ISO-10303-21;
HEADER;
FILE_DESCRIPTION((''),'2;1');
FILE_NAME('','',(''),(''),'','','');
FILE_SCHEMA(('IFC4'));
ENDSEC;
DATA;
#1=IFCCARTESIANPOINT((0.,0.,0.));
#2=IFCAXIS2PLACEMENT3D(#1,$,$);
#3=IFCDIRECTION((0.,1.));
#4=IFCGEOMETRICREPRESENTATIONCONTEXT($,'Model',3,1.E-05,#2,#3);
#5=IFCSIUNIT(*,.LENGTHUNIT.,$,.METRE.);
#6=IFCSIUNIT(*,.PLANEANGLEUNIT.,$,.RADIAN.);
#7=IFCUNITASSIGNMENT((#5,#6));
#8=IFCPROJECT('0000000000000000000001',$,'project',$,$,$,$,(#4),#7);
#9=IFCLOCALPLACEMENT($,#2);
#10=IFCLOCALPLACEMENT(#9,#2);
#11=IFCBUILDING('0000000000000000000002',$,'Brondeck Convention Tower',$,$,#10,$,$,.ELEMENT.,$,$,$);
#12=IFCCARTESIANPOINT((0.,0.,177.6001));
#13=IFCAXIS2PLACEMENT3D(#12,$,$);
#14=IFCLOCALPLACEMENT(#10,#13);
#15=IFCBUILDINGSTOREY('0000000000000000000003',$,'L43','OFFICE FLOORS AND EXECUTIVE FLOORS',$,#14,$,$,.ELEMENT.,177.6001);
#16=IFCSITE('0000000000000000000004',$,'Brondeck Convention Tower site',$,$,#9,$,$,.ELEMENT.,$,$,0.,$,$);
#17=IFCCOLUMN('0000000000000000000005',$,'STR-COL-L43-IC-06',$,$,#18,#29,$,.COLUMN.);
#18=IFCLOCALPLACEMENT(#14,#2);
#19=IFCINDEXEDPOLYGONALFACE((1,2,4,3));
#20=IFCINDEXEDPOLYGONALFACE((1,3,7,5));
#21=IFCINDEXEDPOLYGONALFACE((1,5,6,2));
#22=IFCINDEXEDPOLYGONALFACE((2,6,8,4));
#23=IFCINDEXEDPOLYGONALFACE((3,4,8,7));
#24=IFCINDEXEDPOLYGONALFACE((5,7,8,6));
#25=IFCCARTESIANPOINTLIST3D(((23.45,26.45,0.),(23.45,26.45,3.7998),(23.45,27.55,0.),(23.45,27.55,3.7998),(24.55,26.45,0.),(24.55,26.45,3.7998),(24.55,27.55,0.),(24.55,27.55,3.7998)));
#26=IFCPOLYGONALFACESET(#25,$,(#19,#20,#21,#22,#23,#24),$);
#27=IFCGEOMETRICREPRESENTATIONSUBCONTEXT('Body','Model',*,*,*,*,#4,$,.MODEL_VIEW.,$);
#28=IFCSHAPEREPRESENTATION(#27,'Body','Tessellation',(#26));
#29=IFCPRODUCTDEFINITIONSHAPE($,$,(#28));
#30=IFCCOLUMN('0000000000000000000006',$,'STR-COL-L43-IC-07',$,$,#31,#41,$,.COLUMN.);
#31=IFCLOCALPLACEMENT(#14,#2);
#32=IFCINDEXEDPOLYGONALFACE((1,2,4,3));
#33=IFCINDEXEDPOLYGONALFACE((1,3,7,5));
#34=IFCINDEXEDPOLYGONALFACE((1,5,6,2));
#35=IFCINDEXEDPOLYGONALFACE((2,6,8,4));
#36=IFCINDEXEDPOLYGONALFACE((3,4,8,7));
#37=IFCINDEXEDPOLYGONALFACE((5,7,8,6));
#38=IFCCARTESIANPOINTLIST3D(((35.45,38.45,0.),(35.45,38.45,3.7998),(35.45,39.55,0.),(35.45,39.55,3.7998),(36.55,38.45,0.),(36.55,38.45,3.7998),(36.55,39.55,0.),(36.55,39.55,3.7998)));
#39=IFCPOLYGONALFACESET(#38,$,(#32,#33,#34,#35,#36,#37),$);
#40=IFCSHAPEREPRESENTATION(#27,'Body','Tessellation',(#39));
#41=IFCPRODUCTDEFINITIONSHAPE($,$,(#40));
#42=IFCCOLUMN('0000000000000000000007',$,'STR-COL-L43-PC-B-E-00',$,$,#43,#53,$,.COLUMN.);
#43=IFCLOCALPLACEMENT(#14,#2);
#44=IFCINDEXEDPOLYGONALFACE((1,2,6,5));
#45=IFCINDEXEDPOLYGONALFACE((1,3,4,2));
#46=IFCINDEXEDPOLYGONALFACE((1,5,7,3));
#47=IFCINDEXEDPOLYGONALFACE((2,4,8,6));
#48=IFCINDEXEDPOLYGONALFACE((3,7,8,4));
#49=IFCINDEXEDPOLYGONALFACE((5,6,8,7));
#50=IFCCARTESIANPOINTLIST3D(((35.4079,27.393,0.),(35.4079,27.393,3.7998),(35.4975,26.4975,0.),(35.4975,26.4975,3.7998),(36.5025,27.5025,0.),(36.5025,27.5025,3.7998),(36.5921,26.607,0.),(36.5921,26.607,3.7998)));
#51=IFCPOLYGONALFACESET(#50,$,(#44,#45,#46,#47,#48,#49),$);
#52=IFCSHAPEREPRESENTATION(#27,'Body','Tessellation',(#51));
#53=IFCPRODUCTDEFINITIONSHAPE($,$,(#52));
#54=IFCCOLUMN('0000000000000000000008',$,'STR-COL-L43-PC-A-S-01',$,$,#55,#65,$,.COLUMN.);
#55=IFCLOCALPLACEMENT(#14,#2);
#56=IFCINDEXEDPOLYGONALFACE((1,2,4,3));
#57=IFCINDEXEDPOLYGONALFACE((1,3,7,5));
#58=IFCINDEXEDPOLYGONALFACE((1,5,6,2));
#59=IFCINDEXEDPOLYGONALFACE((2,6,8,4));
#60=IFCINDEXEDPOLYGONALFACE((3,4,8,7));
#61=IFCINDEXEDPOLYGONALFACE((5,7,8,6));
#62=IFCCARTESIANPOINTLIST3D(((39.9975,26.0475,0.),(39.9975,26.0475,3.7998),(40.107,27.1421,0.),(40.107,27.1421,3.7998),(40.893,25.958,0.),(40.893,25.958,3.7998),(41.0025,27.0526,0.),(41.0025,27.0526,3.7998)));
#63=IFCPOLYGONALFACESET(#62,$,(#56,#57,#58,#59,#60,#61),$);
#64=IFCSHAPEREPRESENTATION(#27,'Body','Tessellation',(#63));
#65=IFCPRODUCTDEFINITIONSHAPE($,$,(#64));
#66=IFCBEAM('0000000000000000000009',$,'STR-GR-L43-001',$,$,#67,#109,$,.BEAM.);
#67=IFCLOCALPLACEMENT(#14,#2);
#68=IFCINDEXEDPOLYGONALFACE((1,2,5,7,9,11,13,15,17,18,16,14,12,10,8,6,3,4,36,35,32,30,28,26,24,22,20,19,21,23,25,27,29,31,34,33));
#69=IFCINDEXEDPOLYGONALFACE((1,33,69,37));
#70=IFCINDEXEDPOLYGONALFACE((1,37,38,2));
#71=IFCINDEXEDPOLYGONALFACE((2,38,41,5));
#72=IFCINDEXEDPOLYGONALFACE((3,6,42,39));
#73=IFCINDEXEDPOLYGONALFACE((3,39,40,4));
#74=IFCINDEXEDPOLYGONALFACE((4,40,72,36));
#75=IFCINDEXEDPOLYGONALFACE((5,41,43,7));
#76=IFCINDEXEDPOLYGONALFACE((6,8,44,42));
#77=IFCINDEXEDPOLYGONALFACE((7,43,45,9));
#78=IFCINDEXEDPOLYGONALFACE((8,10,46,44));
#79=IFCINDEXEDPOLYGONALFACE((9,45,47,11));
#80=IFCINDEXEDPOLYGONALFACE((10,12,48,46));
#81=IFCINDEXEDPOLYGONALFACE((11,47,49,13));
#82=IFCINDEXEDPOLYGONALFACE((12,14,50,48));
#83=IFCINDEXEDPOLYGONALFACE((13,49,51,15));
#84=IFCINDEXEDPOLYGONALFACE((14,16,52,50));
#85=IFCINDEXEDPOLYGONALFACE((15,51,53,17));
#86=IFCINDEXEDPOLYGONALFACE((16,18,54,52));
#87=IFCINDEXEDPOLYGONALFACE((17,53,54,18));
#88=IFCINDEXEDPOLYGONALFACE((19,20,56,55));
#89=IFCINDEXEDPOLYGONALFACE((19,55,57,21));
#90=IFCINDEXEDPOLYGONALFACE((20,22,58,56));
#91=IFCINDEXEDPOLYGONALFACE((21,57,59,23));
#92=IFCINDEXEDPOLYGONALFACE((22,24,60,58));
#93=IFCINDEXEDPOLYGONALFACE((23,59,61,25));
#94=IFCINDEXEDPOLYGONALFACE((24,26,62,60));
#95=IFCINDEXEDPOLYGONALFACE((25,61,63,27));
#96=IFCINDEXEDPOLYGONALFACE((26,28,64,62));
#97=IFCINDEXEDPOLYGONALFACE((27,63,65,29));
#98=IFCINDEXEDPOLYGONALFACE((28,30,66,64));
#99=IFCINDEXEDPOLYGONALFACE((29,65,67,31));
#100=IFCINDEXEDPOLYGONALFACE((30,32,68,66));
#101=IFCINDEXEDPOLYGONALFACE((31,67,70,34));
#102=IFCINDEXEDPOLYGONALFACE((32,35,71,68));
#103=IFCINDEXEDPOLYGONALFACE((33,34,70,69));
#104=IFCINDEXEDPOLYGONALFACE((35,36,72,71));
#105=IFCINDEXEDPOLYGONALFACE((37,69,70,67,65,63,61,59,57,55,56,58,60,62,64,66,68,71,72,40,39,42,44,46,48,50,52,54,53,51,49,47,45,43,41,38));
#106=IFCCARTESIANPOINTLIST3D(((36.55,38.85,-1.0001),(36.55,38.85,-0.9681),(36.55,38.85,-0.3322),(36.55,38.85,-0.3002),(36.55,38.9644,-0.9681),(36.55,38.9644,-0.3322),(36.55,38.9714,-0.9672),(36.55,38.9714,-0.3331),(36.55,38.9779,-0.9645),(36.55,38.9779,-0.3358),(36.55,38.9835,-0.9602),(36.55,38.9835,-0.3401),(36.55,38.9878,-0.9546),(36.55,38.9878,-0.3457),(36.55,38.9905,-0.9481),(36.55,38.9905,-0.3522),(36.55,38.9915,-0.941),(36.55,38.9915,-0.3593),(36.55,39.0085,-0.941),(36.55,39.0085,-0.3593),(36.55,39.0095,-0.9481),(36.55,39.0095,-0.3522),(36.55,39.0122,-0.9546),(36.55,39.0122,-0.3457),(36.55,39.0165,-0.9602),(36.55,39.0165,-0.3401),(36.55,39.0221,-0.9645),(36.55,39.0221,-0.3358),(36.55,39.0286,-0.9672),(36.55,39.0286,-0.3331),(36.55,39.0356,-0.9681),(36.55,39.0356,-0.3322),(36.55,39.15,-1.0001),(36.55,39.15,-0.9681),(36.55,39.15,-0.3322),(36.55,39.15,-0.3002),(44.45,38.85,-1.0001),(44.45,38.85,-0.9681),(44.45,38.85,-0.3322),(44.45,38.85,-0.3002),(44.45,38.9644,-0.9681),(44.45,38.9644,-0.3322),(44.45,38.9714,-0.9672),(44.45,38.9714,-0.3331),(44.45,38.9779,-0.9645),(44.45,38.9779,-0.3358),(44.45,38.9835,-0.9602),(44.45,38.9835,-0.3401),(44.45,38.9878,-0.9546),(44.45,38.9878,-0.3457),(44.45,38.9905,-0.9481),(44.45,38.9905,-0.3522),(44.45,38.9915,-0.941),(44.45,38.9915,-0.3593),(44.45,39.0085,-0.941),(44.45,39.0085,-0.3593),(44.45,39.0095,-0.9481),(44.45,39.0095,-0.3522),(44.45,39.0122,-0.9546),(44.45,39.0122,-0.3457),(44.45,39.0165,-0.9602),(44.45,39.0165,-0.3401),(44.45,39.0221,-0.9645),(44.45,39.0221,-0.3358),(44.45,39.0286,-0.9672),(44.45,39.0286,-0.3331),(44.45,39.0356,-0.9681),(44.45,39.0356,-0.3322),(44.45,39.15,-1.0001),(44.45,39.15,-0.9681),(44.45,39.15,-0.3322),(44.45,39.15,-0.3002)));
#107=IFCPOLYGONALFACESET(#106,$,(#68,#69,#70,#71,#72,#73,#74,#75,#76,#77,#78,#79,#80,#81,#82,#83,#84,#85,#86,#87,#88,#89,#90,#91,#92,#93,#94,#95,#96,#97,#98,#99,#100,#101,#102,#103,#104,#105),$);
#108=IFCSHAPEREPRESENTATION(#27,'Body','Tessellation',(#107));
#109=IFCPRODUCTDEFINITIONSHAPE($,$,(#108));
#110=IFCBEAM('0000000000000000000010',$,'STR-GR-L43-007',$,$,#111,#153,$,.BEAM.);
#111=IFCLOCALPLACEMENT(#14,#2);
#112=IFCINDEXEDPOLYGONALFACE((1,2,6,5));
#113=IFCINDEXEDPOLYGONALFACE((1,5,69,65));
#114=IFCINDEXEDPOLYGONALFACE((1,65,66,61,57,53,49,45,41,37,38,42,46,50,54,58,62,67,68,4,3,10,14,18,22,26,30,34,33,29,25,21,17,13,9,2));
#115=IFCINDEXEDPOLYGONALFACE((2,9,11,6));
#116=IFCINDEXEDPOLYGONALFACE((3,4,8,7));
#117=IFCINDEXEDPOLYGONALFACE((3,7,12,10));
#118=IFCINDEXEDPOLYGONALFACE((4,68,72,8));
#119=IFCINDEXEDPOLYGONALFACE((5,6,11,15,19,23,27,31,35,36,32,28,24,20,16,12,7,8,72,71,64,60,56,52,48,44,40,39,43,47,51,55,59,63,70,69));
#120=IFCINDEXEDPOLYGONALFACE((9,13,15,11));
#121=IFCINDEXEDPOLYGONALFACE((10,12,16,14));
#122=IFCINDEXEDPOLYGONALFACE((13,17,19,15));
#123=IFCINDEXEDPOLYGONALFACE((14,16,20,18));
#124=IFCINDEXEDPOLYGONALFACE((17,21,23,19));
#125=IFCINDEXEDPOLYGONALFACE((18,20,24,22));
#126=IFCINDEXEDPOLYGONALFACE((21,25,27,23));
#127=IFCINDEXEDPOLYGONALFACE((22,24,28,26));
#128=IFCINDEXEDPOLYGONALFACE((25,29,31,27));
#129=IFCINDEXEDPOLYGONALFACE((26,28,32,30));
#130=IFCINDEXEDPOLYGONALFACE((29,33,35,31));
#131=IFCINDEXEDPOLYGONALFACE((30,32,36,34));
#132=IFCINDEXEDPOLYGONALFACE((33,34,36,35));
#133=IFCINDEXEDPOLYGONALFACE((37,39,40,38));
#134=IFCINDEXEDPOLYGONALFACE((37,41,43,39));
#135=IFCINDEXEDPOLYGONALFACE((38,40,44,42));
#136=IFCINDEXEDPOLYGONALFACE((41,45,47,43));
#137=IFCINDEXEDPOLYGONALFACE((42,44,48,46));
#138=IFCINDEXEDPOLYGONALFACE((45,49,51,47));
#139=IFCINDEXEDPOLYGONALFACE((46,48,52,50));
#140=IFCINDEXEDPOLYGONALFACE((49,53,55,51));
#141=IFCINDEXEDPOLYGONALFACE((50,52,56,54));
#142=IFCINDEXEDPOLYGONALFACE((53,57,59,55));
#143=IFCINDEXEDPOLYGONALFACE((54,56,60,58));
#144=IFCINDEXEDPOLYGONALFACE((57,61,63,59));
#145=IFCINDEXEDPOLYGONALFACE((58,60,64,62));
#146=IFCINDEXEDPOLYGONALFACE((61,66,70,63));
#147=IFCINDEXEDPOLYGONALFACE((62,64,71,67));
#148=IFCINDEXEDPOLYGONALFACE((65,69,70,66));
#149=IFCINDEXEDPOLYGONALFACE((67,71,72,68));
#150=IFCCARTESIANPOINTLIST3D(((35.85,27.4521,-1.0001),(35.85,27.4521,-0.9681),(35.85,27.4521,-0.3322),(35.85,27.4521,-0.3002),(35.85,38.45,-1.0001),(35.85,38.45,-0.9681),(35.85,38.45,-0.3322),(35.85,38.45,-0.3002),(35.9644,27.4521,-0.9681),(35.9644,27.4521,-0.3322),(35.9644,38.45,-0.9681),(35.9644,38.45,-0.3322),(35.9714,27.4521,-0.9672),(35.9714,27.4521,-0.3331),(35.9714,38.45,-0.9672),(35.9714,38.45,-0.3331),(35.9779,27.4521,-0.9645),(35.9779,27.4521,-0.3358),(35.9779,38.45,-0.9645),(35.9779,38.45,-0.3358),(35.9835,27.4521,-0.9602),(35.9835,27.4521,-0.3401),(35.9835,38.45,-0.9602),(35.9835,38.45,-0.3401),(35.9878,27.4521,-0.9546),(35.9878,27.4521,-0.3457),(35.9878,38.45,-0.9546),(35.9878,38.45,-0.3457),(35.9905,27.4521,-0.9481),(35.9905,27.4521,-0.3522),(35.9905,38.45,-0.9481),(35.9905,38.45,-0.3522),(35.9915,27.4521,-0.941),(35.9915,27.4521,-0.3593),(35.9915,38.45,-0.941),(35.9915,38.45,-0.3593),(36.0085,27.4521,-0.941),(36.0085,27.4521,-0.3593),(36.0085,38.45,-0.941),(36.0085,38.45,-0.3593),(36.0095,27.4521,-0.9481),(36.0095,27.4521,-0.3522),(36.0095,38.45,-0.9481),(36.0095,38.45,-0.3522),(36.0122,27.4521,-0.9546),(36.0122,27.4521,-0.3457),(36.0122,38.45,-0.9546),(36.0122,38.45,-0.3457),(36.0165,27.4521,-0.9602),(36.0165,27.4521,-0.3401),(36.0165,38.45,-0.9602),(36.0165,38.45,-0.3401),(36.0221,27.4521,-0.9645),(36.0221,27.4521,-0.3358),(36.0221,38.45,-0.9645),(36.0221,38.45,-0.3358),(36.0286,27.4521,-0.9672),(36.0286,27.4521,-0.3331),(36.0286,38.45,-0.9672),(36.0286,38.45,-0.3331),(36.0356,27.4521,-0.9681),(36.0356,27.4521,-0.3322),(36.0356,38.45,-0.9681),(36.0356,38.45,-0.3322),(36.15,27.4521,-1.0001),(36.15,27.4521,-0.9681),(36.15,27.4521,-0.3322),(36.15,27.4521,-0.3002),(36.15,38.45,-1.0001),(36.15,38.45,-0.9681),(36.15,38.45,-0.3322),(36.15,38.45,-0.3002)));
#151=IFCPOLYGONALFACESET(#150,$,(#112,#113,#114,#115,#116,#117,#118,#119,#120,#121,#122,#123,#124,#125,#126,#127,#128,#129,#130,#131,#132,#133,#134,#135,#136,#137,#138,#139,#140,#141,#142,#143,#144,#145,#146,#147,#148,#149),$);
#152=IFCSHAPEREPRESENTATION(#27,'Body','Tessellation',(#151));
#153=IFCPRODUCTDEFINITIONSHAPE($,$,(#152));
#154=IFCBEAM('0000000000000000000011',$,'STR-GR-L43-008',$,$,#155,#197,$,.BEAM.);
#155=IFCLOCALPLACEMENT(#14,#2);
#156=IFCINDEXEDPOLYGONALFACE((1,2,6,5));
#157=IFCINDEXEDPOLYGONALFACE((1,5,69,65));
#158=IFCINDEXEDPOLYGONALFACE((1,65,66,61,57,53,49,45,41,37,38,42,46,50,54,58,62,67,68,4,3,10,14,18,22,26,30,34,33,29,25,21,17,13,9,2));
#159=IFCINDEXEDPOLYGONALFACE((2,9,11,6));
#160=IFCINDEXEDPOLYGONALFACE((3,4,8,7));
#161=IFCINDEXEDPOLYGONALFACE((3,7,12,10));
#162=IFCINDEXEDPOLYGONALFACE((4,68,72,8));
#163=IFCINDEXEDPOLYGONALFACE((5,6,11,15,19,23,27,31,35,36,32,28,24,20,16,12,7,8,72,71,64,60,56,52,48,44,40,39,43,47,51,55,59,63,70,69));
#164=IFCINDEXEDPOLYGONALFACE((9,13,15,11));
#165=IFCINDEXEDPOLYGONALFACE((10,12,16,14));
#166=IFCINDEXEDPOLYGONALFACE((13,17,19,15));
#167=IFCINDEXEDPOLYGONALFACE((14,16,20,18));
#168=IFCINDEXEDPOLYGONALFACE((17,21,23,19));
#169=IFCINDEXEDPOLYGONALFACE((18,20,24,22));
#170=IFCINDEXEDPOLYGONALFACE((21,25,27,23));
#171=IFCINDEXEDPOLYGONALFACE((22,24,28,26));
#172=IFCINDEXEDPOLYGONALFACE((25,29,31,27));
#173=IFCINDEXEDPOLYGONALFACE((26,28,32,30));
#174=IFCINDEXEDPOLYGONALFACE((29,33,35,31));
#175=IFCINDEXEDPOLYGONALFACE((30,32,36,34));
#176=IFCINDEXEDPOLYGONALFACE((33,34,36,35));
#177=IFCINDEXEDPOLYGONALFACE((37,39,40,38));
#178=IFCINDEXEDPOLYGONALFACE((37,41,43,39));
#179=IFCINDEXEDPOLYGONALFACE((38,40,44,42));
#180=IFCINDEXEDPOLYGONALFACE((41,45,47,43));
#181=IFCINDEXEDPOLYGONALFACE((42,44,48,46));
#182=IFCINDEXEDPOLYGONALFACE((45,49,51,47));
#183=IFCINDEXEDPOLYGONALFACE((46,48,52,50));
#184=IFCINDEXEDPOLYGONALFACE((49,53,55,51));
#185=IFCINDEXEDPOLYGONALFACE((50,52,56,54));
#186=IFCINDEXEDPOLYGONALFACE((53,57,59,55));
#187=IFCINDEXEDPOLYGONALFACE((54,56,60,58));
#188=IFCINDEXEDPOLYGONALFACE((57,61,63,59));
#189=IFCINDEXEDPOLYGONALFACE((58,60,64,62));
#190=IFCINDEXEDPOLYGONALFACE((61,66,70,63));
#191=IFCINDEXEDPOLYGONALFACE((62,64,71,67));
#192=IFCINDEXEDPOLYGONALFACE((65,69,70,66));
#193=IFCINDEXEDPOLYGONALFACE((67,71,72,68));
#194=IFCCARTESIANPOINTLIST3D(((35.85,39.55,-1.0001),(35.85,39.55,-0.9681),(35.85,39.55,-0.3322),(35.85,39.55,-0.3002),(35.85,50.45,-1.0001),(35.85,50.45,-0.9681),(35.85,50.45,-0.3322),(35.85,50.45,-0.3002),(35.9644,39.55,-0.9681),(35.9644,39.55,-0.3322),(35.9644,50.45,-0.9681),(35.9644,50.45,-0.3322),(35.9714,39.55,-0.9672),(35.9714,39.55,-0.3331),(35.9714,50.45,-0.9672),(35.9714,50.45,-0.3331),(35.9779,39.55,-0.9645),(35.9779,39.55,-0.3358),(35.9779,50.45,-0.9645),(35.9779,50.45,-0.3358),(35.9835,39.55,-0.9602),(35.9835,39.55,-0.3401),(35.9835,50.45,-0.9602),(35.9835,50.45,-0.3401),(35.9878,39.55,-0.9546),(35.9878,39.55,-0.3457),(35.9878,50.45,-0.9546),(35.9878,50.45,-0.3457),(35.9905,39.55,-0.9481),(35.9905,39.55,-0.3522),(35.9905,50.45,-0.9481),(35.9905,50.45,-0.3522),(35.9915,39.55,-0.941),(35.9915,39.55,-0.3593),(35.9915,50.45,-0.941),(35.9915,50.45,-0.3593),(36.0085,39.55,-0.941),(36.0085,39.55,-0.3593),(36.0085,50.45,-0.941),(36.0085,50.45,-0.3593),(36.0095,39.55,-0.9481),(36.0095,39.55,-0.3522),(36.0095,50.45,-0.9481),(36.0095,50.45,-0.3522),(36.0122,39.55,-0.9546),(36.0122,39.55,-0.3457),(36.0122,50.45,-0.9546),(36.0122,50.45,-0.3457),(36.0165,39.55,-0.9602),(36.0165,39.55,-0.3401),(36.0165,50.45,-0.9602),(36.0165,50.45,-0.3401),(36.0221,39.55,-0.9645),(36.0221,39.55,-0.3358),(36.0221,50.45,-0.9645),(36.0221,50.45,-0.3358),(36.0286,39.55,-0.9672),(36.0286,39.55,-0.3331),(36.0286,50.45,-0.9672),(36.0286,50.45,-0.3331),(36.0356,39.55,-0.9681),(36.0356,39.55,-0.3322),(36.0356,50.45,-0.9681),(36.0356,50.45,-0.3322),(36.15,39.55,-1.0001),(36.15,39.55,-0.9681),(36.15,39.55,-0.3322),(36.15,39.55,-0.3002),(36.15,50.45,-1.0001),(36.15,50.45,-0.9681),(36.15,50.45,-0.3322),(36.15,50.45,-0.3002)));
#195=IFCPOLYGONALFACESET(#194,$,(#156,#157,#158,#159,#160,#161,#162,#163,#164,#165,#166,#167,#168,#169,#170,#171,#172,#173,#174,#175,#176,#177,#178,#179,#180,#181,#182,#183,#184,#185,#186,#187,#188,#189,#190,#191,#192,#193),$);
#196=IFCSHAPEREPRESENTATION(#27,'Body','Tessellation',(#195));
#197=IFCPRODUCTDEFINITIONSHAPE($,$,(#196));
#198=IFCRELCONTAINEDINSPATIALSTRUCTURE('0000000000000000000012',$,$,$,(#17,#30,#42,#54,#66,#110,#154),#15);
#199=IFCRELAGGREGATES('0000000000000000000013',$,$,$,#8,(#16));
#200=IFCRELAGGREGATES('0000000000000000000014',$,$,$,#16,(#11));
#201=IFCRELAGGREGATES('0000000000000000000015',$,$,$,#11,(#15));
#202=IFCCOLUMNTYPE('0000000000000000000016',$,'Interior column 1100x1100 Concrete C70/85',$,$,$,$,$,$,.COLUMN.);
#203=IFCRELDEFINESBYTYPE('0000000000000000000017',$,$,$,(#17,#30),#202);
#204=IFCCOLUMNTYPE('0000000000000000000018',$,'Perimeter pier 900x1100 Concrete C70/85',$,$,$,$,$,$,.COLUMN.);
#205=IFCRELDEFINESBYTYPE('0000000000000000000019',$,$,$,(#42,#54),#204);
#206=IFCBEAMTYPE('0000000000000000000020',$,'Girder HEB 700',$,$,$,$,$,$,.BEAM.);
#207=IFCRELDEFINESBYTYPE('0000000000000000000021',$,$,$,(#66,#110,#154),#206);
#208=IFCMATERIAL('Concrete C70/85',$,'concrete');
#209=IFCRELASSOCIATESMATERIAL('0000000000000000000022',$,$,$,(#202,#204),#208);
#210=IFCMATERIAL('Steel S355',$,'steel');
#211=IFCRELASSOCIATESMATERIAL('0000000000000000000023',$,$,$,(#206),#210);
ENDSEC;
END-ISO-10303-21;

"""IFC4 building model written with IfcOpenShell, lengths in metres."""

from ifc_helpers import new_model, si_unit, direction, frame, origin, origin_2d, place, context, subcontext, project, spatial, rectangle, i_section, extrude, material, material_profile, profile_set, type_object, element, save


model = new_model("IFC4")

# Units and contexts
model_context = context("Model", 3, precision=1e-05, world=origin(), true_north=direction((0.0, 1.0)))
body_context = subcontext(model_context, "Body", "Model", "MODEL_VIEW")
ifc_project = project(units=[si_unit("LENGTHUNIT", "METRE"), si_unit("PLANEANGLEUNIT", "RADIAN")], contexts=[model_context])

# Site, building, storey
site_placement = place(None, origin())
site = spatial("IfcSite", under=ifc_project, at=site_placement, Name="Brondeck Convention Tower site", CompositionType="ELEMENT", RefElevation=0.0)
building_placement = place(site_placement, origin())
building = spatial("IfcBuilding", under=site, at=building_placement, Name="Brondeck Convention Tower", CompositionType="ELEMENT")
storey_placement = place(building_placement, frame((0.0, 0.0, 177.6001)))
storey = spatial("IfcBuildingStorey", under=building, at=storey_placement, Name="L43", Description="OFFICE FLOORS AND EXECUTIVE FLOORS", CompositionType="ELEMENT", Elevation=177.6001)

# Columns
ifc_material_1 = material(Name="Concrete C70/85", Category="concrete")
ifc_material_profile_1 = material_profile(ifc_material_1, rectangle(XDim=1.1001, YDim=1.1001, at=origin_2d()), Name="Interior column 1100x1100 Concrete C70/85")
ifc_profile_set_1 = profile_set([ifc_material_profile_1], Name="Concrete C70/85")
column_type_1 = type_object("IfcColumnType", Name="Interior column 1100x1100 Concrete C70/85", PredefinedType="COLUMN", material=ifc_profile_set_1)
for number, where, z_axis, x_axis, name in (
    (1, (24.0, 27.0, 0.0), (0.0, 0.0, 1.0), (1.0, 0.0, 0.0), "STR-COL-L43-IC-06"),
    (2, (36.0, 39.0, 0.0), (0.0, 0.0, 1.0), (1.0, 0.0, 0.0), "STR-COL-L43-IC-07"),
):
    element("IfcColumn", number, at=place(storey_placement, frame(where, z_axis=z_axis, x_axis=x_axis)), inside=storey, type_object=column_type_1, Name=name, PredefinedType="COLUMN", context=body_context, shape_type="SweptSolid", body=[
        extrude(rectangle(XDim=1.1001, YDim=1.1001, at=origin_2d()), origin(), (0.0, 0.0, 1.0), 3.7998),
    ])
ifc_material_profile_2 = material_profile(ifc_material_1, rectangle(XDim=0.8999, YDim=1.1001, at=origin_2d()), Name="Perimeter pier 900x1100 Concrete C70/85")
ifc_profile_set_2 = profile_set([ifc_material_profile_2], Name="Concrete C70/85")
column_type_2 = type_object("IfcColumnType", Name="Perimeter pier 900x1100 Concrete C70/85", PredefinedType="COLUMN", material=ifc_profile_set_2)
for number, where, z_axis, x_axis, name in (
    (3, (36.0, 27.0, 0.0), (0.0, 0.0, 1.0), (-0.099504, 0.995037, 0.0), "STR-COL-L43-PC-B-E-00"),
    (4, (40.5, 26.55, 0.0), (0.0, 0.0, 1.0), (0.995037, -0.099504, 0.0), "STR-COL-L43-PC-A-S-01"),
):
    element("IfcColumn", number, at=place(storey_placement, frame(where, z_axis=z_axis, x_axis=x_axis)), inside=storey, type_object=column_type_2, Name=name, PredefinedType="COLUMN", context=body_context, shape_type="SweptSolid", body=[
        extrude(rectangle(XDim=0.8999, YDim=1.1001, at=origin_2d()), origin(), (0.0, 0.0, 1.0), 3.7998),
    ])

# Beams
ifc_material_2 = material(Name="Steel S355", Category="steel")
ifc_material_profile_3 = material_profile(ifc_material_2, i_section(OverallWidth=0.3, OverallDepth=0.7, WebThickness=0.0171, FlangeThickness=0.032, FilletRadius=0.0271, at=origin_2d()), Name="HEB 700")
ifc_profile_set_3 = profile_set([ifc_material_profile_3], Name="Steel S355")
beam_type_1 = type_object("IfcBeamType", Name="Girder HEB 700", PredefinedType="BEAM", material=ifc_profile_set_3)
beam_1_placement = place(storey_placement, frame((36.55, 39.0, -0.6501), z_axis=(1.0, 0.0, 0.0), x_axis=(0.0, 1.0, 0.0)))
element("IfcBeam", 5, at=beam_1_placement, inside=storey, type_object=beam_type_1, Name="STR-GR-L43-001", PredefinedType="BEAM", context=body_context, shape_type="SweptSolid", body=[
    extrude(i_section(OverallWidth=0.3, OverallDepth=0.7, WebThickness=0.0171, FlangeThickness=0.032, FilletRadius=0.0271, at=origin_2d()), origin(), (0.0, 0.0, 1.0), 7.8999),
])
beam_2_placement = place(storey_placement, frame((36.0, 27.4521, -0.6501), z_axis=(0.0, 1.0, 0.0), x_axis=(-1.0, 0.0, 0.0)))
element("IfcBeam", 6, at=beam_2_placement, inside=storey, type_object=beam_type_1, Name="STR-GR-L43-007", PredefinedType="BEAM", context=body_context, shape_type="SweptSolid", body=[
    extrude(i_section(OverallWidth=0.3, OverallDepth=0.7, WebThickness=0.0171, FlangeThickness=0.032, FilletRadius=0.0271, at=origin_2d()), origin(), (0.0, 0.0, 1.0), 10.9978),
])
beam_3_placement = place(storey_placement, frame((36.0, 39.55, -0.6501), z_axis=(0.0, 1.0, 0.0), x_axis=(-1.0, 0.0, 0.0)))
element("IfcBeam", 7, at=beam_3_placement, inside=storey, type_object=beam_type_1, Name="STR-GR-L43-008", PredefinedType="BEAM", context=body_context, shape_type="SweptSolid", body=[
    extrude(i_section(OverallWidth=0.3, OverallDepth=0.7, WebThickness=0.0171, FlangeThickness=0.032, FilletRadius=0.0271, at=origin_2d()), origin(), (0.0, 0.0, 1.0), 10.8999),
])

save(model, "model.ifc")
